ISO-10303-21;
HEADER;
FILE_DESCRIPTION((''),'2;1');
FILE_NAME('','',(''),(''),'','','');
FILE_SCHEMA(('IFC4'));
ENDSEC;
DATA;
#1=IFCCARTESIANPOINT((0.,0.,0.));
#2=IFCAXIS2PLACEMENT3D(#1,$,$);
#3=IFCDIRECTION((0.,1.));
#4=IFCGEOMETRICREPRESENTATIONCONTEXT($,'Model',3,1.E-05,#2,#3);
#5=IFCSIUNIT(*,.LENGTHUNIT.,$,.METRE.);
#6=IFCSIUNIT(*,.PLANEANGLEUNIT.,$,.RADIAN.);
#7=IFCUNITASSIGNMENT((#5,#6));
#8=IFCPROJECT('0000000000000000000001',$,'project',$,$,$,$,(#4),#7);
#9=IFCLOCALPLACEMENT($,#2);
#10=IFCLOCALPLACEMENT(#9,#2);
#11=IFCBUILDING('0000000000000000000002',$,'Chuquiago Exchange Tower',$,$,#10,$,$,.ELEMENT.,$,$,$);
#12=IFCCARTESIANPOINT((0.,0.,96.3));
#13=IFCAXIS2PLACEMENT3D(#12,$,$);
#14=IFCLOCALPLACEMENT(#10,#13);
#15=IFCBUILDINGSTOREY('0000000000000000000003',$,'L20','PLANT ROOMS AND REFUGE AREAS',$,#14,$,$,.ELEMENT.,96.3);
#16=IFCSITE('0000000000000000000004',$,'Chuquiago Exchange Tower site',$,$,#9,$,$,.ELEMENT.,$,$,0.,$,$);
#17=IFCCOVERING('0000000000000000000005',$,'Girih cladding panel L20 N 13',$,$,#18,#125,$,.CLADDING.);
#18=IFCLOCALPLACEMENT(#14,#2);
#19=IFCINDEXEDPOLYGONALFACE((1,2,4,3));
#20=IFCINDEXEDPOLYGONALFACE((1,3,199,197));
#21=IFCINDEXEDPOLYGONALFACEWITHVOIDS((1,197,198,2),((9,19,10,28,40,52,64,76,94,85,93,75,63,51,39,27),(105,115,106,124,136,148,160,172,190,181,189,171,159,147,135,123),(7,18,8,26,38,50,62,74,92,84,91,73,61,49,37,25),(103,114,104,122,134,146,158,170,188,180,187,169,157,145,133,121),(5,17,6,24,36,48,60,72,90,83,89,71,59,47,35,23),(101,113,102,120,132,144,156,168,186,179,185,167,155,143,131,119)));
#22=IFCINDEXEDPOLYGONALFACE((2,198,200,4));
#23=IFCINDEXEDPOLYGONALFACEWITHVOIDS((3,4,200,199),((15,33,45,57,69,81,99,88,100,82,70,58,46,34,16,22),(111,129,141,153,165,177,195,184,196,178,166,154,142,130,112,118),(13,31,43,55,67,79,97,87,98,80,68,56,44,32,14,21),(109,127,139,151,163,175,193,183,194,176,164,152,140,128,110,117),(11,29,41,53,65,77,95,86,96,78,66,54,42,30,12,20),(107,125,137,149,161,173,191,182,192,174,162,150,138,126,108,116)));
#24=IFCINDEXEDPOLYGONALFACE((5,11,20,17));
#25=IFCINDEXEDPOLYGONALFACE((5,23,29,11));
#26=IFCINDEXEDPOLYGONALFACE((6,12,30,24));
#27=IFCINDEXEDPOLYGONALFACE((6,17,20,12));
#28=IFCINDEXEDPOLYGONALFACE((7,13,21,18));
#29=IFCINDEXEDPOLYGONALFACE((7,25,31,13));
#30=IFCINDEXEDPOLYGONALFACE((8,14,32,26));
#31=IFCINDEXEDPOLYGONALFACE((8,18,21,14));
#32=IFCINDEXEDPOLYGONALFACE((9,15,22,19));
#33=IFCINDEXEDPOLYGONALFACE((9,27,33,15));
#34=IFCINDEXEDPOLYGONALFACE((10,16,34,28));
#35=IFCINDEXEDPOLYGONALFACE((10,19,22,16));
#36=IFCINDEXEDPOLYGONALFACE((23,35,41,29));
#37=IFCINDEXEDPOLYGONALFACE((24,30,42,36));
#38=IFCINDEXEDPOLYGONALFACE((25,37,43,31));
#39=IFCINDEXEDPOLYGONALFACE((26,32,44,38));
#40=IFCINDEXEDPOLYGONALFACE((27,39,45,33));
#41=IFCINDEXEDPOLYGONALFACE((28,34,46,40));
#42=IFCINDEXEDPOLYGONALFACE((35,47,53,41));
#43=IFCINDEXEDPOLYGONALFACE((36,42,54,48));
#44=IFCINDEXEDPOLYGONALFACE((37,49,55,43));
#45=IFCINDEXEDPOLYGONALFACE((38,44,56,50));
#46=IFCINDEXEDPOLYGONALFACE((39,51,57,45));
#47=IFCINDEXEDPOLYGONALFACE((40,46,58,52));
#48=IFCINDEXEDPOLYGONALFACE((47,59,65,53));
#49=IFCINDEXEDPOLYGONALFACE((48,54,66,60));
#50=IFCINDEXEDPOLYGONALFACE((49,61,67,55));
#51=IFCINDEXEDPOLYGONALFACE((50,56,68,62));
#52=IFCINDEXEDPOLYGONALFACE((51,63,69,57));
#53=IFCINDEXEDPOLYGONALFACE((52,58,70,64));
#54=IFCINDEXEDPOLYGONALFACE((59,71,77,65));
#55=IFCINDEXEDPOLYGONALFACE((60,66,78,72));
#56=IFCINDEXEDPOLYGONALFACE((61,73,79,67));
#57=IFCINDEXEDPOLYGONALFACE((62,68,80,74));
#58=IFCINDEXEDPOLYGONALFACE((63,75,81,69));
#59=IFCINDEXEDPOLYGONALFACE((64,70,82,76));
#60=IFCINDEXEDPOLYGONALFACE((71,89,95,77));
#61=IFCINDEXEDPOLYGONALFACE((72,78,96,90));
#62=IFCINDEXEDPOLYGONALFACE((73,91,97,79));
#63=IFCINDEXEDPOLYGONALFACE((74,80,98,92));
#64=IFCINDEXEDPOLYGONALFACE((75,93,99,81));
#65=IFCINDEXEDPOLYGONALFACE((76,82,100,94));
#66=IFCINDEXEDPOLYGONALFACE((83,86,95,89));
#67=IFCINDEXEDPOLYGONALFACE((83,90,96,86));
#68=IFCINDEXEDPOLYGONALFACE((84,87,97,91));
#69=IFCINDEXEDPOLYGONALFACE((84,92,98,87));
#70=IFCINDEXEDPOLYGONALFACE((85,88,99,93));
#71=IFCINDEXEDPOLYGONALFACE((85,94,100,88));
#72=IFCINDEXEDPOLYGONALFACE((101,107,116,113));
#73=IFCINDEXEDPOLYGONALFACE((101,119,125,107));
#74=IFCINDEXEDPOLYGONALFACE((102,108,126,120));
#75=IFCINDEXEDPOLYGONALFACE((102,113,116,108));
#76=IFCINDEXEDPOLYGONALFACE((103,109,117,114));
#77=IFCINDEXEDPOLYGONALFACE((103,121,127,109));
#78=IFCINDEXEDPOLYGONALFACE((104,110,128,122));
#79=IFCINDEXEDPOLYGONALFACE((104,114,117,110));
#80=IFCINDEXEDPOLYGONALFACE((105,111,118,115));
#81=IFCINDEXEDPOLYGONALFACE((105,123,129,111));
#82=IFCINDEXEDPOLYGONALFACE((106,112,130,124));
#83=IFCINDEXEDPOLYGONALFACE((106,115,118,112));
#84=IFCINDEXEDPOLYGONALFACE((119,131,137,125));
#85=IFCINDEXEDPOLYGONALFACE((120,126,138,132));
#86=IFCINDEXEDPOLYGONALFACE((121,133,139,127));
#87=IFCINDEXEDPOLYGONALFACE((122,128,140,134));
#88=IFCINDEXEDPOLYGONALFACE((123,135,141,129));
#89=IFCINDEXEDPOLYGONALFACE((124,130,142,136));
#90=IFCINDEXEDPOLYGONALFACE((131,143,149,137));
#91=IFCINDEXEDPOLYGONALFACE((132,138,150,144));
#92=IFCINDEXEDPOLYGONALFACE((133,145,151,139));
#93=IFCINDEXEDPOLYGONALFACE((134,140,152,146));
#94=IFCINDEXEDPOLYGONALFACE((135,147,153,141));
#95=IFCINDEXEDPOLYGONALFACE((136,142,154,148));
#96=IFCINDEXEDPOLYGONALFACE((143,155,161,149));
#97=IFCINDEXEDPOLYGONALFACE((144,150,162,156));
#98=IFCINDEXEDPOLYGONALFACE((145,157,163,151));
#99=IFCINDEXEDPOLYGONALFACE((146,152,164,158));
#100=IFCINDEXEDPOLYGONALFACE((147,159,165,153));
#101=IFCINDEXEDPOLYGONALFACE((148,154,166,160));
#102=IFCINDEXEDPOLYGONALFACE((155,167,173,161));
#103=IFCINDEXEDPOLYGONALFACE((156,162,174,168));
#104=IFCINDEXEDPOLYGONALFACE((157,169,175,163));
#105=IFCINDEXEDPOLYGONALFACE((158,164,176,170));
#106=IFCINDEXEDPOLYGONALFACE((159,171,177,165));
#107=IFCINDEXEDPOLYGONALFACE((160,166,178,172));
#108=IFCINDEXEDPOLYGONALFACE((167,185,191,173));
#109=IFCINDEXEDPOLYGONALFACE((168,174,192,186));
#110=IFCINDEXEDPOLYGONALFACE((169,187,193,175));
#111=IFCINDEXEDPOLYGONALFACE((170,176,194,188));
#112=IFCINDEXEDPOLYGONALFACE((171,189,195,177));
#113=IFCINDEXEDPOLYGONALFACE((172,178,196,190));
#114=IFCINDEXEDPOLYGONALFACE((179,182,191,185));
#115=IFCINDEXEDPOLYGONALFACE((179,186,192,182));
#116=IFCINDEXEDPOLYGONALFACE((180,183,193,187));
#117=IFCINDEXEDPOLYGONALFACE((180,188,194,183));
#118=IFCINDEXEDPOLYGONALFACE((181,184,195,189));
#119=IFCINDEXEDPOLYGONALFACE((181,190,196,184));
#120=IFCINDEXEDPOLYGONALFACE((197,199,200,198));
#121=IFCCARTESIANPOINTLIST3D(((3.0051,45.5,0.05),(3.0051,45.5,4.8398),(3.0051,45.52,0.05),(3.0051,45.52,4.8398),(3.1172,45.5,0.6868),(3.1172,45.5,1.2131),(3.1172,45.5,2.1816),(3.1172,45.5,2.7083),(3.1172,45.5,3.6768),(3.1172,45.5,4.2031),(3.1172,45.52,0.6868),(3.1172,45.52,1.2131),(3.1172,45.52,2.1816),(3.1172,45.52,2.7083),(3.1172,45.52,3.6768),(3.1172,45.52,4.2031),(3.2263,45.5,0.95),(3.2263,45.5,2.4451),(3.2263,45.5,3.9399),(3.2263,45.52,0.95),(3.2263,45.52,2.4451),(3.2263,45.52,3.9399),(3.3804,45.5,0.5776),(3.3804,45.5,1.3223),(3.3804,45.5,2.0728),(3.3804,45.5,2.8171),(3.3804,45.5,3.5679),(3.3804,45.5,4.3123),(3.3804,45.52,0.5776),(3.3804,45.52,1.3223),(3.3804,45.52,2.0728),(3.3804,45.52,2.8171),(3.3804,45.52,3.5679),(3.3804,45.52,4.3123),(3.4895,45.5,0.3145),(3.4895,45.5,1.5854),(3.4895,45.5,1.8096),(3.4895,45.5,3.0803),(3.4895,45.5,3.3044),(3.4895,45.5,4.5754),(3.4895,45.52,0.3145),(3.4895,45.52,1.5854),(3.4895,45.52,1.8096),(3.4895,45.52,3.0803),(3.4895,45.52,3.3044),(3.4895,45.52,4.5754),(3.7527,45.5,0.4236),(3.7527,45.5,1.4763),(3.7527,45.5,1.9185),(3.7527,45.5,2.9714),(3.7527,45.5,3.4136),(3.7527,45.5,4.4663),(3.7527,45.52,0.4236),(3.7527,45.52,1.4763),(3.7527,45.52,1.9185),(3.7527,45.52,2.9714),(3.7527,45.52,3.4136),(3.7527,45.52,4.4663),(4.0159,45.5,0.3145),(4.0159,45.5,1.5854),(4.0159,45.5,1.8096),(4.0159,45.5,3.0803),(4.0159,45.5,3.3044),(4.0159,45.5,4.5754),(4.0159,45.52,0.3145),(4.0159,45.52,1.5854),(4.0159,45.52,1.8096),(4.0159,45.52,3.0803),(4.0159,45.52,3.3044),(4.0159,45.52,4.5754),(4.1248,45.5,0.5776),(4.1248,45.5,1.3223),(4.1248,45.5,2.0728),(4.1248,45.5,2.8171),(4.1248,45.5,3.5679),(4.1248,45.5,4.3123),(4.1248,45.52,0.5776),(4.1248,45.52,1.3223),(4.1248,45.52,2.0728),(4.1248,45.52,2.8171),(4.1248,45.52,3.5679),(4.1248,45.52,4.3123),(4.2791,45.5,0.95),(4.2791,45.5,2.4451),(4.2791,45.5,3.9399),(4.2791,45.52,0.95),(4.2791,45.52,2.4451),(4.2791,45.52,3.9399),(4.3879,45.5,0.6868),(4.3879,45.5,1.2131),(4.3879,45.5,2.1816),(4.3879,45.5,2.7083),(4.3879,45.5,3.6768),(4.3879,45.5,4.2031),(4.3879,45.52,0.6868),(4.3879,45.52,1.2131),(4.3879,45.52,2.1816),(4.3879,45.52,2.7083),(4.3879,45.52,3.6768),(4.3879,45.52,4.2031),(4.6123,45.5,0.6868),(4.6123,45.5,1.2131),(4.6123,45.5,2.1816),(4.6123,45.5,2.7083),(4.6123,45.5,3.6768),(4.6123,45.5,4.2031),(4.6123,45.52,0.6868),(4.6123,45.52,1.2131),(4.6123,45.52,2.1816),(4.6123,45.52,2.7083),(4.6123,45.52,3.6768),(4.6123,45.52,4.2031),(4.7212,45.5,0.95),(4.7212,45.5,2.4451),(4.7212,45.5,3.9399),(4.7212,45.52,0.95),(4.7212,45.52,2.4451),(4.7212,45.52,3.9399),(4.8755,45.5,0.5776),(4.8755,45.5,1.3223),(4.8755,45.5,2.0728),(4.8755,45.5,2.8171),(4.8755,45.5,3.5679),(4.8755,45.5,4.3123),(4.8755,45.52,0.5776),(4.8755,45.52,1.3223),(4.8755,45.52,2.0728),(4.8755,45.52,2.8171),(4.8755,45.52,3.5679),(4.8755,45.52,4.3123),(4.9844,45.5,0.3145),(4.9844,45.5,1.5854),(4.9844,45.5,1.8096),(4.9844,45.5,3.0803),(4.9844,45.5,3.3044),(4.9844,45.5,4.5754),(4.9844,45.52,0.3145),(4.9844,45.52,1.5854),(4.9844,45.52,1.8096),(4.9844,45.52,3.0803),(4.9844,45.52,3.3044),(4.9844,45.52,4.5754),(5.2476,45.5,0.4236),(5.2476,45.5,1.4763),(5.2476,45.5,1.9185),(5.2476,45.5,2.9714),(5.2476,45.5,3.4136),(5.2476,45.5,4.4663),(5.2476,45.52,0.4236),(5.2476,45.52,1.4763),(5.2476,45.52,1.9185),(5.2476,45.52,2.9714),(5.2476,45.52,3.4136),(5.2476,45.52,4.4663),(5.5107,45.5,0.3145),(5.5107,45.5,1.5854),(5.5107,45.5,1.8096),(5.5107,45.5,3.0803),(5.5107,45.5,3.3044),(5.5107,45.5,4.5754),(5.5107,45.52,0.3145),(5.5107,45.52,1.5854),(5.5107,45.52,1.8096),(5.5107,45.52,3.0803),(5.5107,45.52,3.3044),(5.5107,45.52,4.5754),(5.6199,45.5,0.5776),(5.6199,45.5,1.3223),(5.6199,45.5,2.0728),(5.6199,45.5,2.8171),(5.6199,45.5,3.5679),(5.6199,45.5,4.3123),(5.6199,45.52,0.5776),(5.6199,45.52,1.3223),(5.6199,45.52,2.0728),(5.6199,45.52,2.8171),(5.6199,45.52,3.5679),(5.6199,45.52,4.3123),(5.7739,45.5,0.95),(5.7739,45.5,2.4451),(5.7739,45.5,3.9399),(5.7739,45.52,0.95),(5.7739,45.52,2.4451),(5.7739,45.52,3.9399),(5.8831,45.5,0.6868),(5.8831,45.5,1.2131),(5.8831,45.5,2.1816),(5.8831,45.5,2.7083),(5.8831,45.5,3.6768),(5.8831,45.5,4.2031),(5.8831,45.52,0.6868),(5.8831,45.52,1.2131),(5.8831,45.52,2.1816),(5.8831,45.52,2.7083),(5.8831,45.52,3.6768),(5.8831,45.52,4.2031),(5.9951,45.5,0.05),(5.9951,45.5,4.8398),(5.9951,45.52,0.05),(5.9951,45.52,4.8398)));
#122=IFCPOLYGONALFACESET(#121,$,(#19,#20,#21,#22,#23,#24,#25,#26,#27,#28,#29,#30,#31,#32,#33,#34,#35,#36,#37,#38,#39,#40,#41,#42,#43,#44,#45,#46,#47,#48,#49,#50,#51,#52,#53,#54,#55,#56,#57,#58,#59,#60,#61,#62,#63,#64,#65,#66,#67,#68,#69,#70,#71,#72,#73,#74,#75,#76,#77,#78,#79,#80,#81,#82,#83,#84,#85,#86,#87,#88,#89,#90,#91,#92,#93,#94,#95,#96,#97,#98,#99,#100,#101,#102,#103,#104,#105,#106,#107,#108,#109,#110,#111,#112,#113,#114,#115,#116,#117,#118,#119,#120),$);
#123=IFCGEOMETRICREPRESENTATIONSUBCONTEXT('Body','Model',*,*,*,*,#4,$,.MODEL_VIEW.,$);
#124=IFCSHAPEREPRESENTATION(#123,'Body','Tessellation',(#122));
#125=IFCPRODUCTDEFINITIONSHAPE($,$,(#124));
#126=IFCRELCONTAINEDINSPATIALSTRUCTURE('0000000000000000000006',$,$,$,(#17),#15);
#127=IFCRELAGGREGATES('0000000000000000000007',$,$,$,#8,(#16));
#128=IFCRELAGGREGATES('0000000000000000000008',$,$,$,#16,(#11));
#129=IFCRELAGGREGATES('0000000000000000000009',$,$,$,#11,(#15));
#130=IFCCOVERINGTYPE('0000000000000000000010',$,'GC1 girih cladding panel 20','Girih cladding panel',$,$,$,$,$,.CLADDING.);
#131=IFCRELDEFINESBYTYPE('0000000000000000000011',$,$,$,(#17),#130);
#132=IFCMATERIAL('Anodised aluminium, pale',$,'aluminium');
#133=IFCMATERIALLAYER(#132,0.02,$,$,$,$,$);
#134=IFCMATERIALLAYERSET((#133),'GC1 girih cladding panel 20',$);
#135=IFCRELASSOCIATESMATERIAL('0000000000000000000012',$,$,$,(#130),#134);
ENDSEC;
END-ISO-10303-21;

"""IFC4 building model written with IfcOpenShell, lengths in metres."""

from ifc_helpers import new_model, si_unit, direction, frame, origin, place, context, subcontext, project, spatial, polyline, outline, extrude, material, layer, layer_set, type_object, element, save


model = new_model("IFC4")

# Units and contexts
model_context = context("Model", 3, precision=1e-05, world=origin(), true_north=direction((0.0, 1.0)))
body_context = subcontext(model_context, "Body", "Model", "MODEL_VIEW")
ifc_project = project(units=[si_unit("LENGTHUNIT", "METRE"), si_unit("PLANEANGLEUNIT", "RADIAN")], contexts=[model_context])

# Site, building, storey
site_placement = place(None, origin())
site = spatial("IfcSite", under=ifc_project, at=site_placement, Name="Chuquiago Exchange Tower site", CompositionType="ELEMENT", RefElevation=0.0)
building_placement = place(site_placement, origin())
building = spatial("IfcBuilding", under=site, at=building_placement, Name="Chuquiago Exchange Tower", CompositionType="ELEMENT")
storey_placement = place(building_placement, frame((0.0, 0.0, 96.3)))
storey = spatial("IfcBuildingStorey", under=building, at=storey_placement, Name="L20", Description="PLANT ROOMS AND REFUGE AREAS", CompositionType="ELEMENT", Elevation=96.3)

# Covering
ifc_material_1 = material(Name="Anodised aluminium, pale", Category="aluminium")
ifc_layer_1 = layer(ifc_material_1, 0.02)
ifc_layer_set_1 = layer_set([ifc_layer_1], Name="GC1 girih cladding panel 20")
covering_type_1 = type_object("IfcCoveringType", Name="GC1 girih cladding panel 20", Description="Girih cladding panel", PredefinedType="CLADDING", material=ifc_layer_set_1)
covering_1_placement = place(storey_placement, frame((5.9951, 45.5, 0.05), z_axis=(0.0, 0.0, 1.0), x_axis=(-1.0, 0.0, 0.0)))
element("IfcCovering", 1, at=covering_1_placement, inside=storey, type_object=covering_type_1, Name="Girih cladding panel L20 N 13", PredefinedType="CLADDING", context=body_context, shape_type="SweptSolid", body=[
    extrude(outline(polyline([(0.0, 0.0), (2.99, 0.0), (2.99, 4.7898), (0.0, 4.7898), (0.0, 0.0)]), holes=[polyline([(1.2739, 0.8999), (1.3828, 1.1631), (1.1196, 1.2722), (1.0107, 1.5354), (0.7476, 1.4263), (0.4844, 1.5354), (0.3752, 1.2722), (0.1121, 1.1631), (0.2212, 0.8999), (0.1121, 0.6367), (0.3752, 0.5276), (0.4844, 0.2644), (0.7476, 0.3735), (1.0107, 0.2644), (1.1196, 0.5276), (1.3828, 0.6367), (1.2739, 0.8999)]), polyline([(2.7688, 0.8999), (2.8779, 1.1631), (2.6147, 1.2722), (2.5056, 1.5354), (2.2424, 1.4263), (1.9792, 1.5354), (1.8704, 1.2722), (1.6072, 1.1631), (1.7161, 0.8999), (1.6072, 0.6367), (1.8704, 0.5276), (1.9792, 0.2644), (2.2424, 0.3735), (2.5056, 0.2644), (2.6147, 0.5276), (2.8779, 0.6367), (2.7688, 0.8999)]), polyline([(1.2739, 2.395), (1.3828, 2.6582), (1.1196, 2.7671), (1.0107, 3.0303), (0.7476, 2.9214), (0.4844, 3.0303), (0.3752, 2.7671), (0.1121, 2.6582), (0.2212, 2.395), (0.1121, 2.1316), (0.3752, 2.0227), (0.4844, 1.7595), (0.7476, 1.8684), (1.0107, 1.7595), (1.1196, 2.0227), (1.3828, 2.1316), (1.2739, 2.395)]), polyline([(2.7688, 2.395), (2.8779, 2.6582), (2.6147, 2.7671), (2.5056, 3.0303), (2.2424, 2.9214), (1.9792, 3.0303), (1.8704, 2.7671), (1.6072, 2.6582), (1.7161, 2.395), (1.6072, 2.1316), (1.8704, 2.0227), (1.9792, 1.7595), (2.2424, 1.8684), (2.5056, 1.7595), (2.6147, 2.0227), (2.8779, 2.1316), (2.7688, 2.395)]), polyline([(1.2739, 3.8899), (1.3828, 4.1531), (1.1196, 4.2622), (1.0107, 4.5254), (0.7476, 4.4163), (0.4844, 4.5254), (0.3752, 4.2622), (0.1121, 4.1531), (0.2212, 3.8899), (0.1121, 3.6267), (0.3752, 3.5178), (0.4844, 3.2544), (0.7476, 3.3635), (1.0107, 3.2544), (1.1196, 3.5178), (1.3828, 3.6267), (1.2739, 3.8899)]), polyline([(2.7688, 3.8899), (2.8779, 4.1531), (2.6147, 4.2622), (2.5056, 4.5254), (2.2424, 4.4163), (1.9792, 4.5254), (1.8704, 4.2622), (1.6072, 4.1531), (1.7161, 3.8899), (1.6072, 3.6267), (1.8704, 3.5178), (1.9792, 3.2544), (2.2424, 3.3635), (2.5056, 3.2544), (2.6147, 3.5178), (2.8779, 3.6267), (2.7688, 3.8899)])]), frame((0.0, 0.0, 0.0), z_axis=(0.0, -1.0, 0.0), x_axis=(1.0, 0.0, 0.0)), (0.0, 0.0, 1.0), 0.02),
])

save(model, "model.ifc")
